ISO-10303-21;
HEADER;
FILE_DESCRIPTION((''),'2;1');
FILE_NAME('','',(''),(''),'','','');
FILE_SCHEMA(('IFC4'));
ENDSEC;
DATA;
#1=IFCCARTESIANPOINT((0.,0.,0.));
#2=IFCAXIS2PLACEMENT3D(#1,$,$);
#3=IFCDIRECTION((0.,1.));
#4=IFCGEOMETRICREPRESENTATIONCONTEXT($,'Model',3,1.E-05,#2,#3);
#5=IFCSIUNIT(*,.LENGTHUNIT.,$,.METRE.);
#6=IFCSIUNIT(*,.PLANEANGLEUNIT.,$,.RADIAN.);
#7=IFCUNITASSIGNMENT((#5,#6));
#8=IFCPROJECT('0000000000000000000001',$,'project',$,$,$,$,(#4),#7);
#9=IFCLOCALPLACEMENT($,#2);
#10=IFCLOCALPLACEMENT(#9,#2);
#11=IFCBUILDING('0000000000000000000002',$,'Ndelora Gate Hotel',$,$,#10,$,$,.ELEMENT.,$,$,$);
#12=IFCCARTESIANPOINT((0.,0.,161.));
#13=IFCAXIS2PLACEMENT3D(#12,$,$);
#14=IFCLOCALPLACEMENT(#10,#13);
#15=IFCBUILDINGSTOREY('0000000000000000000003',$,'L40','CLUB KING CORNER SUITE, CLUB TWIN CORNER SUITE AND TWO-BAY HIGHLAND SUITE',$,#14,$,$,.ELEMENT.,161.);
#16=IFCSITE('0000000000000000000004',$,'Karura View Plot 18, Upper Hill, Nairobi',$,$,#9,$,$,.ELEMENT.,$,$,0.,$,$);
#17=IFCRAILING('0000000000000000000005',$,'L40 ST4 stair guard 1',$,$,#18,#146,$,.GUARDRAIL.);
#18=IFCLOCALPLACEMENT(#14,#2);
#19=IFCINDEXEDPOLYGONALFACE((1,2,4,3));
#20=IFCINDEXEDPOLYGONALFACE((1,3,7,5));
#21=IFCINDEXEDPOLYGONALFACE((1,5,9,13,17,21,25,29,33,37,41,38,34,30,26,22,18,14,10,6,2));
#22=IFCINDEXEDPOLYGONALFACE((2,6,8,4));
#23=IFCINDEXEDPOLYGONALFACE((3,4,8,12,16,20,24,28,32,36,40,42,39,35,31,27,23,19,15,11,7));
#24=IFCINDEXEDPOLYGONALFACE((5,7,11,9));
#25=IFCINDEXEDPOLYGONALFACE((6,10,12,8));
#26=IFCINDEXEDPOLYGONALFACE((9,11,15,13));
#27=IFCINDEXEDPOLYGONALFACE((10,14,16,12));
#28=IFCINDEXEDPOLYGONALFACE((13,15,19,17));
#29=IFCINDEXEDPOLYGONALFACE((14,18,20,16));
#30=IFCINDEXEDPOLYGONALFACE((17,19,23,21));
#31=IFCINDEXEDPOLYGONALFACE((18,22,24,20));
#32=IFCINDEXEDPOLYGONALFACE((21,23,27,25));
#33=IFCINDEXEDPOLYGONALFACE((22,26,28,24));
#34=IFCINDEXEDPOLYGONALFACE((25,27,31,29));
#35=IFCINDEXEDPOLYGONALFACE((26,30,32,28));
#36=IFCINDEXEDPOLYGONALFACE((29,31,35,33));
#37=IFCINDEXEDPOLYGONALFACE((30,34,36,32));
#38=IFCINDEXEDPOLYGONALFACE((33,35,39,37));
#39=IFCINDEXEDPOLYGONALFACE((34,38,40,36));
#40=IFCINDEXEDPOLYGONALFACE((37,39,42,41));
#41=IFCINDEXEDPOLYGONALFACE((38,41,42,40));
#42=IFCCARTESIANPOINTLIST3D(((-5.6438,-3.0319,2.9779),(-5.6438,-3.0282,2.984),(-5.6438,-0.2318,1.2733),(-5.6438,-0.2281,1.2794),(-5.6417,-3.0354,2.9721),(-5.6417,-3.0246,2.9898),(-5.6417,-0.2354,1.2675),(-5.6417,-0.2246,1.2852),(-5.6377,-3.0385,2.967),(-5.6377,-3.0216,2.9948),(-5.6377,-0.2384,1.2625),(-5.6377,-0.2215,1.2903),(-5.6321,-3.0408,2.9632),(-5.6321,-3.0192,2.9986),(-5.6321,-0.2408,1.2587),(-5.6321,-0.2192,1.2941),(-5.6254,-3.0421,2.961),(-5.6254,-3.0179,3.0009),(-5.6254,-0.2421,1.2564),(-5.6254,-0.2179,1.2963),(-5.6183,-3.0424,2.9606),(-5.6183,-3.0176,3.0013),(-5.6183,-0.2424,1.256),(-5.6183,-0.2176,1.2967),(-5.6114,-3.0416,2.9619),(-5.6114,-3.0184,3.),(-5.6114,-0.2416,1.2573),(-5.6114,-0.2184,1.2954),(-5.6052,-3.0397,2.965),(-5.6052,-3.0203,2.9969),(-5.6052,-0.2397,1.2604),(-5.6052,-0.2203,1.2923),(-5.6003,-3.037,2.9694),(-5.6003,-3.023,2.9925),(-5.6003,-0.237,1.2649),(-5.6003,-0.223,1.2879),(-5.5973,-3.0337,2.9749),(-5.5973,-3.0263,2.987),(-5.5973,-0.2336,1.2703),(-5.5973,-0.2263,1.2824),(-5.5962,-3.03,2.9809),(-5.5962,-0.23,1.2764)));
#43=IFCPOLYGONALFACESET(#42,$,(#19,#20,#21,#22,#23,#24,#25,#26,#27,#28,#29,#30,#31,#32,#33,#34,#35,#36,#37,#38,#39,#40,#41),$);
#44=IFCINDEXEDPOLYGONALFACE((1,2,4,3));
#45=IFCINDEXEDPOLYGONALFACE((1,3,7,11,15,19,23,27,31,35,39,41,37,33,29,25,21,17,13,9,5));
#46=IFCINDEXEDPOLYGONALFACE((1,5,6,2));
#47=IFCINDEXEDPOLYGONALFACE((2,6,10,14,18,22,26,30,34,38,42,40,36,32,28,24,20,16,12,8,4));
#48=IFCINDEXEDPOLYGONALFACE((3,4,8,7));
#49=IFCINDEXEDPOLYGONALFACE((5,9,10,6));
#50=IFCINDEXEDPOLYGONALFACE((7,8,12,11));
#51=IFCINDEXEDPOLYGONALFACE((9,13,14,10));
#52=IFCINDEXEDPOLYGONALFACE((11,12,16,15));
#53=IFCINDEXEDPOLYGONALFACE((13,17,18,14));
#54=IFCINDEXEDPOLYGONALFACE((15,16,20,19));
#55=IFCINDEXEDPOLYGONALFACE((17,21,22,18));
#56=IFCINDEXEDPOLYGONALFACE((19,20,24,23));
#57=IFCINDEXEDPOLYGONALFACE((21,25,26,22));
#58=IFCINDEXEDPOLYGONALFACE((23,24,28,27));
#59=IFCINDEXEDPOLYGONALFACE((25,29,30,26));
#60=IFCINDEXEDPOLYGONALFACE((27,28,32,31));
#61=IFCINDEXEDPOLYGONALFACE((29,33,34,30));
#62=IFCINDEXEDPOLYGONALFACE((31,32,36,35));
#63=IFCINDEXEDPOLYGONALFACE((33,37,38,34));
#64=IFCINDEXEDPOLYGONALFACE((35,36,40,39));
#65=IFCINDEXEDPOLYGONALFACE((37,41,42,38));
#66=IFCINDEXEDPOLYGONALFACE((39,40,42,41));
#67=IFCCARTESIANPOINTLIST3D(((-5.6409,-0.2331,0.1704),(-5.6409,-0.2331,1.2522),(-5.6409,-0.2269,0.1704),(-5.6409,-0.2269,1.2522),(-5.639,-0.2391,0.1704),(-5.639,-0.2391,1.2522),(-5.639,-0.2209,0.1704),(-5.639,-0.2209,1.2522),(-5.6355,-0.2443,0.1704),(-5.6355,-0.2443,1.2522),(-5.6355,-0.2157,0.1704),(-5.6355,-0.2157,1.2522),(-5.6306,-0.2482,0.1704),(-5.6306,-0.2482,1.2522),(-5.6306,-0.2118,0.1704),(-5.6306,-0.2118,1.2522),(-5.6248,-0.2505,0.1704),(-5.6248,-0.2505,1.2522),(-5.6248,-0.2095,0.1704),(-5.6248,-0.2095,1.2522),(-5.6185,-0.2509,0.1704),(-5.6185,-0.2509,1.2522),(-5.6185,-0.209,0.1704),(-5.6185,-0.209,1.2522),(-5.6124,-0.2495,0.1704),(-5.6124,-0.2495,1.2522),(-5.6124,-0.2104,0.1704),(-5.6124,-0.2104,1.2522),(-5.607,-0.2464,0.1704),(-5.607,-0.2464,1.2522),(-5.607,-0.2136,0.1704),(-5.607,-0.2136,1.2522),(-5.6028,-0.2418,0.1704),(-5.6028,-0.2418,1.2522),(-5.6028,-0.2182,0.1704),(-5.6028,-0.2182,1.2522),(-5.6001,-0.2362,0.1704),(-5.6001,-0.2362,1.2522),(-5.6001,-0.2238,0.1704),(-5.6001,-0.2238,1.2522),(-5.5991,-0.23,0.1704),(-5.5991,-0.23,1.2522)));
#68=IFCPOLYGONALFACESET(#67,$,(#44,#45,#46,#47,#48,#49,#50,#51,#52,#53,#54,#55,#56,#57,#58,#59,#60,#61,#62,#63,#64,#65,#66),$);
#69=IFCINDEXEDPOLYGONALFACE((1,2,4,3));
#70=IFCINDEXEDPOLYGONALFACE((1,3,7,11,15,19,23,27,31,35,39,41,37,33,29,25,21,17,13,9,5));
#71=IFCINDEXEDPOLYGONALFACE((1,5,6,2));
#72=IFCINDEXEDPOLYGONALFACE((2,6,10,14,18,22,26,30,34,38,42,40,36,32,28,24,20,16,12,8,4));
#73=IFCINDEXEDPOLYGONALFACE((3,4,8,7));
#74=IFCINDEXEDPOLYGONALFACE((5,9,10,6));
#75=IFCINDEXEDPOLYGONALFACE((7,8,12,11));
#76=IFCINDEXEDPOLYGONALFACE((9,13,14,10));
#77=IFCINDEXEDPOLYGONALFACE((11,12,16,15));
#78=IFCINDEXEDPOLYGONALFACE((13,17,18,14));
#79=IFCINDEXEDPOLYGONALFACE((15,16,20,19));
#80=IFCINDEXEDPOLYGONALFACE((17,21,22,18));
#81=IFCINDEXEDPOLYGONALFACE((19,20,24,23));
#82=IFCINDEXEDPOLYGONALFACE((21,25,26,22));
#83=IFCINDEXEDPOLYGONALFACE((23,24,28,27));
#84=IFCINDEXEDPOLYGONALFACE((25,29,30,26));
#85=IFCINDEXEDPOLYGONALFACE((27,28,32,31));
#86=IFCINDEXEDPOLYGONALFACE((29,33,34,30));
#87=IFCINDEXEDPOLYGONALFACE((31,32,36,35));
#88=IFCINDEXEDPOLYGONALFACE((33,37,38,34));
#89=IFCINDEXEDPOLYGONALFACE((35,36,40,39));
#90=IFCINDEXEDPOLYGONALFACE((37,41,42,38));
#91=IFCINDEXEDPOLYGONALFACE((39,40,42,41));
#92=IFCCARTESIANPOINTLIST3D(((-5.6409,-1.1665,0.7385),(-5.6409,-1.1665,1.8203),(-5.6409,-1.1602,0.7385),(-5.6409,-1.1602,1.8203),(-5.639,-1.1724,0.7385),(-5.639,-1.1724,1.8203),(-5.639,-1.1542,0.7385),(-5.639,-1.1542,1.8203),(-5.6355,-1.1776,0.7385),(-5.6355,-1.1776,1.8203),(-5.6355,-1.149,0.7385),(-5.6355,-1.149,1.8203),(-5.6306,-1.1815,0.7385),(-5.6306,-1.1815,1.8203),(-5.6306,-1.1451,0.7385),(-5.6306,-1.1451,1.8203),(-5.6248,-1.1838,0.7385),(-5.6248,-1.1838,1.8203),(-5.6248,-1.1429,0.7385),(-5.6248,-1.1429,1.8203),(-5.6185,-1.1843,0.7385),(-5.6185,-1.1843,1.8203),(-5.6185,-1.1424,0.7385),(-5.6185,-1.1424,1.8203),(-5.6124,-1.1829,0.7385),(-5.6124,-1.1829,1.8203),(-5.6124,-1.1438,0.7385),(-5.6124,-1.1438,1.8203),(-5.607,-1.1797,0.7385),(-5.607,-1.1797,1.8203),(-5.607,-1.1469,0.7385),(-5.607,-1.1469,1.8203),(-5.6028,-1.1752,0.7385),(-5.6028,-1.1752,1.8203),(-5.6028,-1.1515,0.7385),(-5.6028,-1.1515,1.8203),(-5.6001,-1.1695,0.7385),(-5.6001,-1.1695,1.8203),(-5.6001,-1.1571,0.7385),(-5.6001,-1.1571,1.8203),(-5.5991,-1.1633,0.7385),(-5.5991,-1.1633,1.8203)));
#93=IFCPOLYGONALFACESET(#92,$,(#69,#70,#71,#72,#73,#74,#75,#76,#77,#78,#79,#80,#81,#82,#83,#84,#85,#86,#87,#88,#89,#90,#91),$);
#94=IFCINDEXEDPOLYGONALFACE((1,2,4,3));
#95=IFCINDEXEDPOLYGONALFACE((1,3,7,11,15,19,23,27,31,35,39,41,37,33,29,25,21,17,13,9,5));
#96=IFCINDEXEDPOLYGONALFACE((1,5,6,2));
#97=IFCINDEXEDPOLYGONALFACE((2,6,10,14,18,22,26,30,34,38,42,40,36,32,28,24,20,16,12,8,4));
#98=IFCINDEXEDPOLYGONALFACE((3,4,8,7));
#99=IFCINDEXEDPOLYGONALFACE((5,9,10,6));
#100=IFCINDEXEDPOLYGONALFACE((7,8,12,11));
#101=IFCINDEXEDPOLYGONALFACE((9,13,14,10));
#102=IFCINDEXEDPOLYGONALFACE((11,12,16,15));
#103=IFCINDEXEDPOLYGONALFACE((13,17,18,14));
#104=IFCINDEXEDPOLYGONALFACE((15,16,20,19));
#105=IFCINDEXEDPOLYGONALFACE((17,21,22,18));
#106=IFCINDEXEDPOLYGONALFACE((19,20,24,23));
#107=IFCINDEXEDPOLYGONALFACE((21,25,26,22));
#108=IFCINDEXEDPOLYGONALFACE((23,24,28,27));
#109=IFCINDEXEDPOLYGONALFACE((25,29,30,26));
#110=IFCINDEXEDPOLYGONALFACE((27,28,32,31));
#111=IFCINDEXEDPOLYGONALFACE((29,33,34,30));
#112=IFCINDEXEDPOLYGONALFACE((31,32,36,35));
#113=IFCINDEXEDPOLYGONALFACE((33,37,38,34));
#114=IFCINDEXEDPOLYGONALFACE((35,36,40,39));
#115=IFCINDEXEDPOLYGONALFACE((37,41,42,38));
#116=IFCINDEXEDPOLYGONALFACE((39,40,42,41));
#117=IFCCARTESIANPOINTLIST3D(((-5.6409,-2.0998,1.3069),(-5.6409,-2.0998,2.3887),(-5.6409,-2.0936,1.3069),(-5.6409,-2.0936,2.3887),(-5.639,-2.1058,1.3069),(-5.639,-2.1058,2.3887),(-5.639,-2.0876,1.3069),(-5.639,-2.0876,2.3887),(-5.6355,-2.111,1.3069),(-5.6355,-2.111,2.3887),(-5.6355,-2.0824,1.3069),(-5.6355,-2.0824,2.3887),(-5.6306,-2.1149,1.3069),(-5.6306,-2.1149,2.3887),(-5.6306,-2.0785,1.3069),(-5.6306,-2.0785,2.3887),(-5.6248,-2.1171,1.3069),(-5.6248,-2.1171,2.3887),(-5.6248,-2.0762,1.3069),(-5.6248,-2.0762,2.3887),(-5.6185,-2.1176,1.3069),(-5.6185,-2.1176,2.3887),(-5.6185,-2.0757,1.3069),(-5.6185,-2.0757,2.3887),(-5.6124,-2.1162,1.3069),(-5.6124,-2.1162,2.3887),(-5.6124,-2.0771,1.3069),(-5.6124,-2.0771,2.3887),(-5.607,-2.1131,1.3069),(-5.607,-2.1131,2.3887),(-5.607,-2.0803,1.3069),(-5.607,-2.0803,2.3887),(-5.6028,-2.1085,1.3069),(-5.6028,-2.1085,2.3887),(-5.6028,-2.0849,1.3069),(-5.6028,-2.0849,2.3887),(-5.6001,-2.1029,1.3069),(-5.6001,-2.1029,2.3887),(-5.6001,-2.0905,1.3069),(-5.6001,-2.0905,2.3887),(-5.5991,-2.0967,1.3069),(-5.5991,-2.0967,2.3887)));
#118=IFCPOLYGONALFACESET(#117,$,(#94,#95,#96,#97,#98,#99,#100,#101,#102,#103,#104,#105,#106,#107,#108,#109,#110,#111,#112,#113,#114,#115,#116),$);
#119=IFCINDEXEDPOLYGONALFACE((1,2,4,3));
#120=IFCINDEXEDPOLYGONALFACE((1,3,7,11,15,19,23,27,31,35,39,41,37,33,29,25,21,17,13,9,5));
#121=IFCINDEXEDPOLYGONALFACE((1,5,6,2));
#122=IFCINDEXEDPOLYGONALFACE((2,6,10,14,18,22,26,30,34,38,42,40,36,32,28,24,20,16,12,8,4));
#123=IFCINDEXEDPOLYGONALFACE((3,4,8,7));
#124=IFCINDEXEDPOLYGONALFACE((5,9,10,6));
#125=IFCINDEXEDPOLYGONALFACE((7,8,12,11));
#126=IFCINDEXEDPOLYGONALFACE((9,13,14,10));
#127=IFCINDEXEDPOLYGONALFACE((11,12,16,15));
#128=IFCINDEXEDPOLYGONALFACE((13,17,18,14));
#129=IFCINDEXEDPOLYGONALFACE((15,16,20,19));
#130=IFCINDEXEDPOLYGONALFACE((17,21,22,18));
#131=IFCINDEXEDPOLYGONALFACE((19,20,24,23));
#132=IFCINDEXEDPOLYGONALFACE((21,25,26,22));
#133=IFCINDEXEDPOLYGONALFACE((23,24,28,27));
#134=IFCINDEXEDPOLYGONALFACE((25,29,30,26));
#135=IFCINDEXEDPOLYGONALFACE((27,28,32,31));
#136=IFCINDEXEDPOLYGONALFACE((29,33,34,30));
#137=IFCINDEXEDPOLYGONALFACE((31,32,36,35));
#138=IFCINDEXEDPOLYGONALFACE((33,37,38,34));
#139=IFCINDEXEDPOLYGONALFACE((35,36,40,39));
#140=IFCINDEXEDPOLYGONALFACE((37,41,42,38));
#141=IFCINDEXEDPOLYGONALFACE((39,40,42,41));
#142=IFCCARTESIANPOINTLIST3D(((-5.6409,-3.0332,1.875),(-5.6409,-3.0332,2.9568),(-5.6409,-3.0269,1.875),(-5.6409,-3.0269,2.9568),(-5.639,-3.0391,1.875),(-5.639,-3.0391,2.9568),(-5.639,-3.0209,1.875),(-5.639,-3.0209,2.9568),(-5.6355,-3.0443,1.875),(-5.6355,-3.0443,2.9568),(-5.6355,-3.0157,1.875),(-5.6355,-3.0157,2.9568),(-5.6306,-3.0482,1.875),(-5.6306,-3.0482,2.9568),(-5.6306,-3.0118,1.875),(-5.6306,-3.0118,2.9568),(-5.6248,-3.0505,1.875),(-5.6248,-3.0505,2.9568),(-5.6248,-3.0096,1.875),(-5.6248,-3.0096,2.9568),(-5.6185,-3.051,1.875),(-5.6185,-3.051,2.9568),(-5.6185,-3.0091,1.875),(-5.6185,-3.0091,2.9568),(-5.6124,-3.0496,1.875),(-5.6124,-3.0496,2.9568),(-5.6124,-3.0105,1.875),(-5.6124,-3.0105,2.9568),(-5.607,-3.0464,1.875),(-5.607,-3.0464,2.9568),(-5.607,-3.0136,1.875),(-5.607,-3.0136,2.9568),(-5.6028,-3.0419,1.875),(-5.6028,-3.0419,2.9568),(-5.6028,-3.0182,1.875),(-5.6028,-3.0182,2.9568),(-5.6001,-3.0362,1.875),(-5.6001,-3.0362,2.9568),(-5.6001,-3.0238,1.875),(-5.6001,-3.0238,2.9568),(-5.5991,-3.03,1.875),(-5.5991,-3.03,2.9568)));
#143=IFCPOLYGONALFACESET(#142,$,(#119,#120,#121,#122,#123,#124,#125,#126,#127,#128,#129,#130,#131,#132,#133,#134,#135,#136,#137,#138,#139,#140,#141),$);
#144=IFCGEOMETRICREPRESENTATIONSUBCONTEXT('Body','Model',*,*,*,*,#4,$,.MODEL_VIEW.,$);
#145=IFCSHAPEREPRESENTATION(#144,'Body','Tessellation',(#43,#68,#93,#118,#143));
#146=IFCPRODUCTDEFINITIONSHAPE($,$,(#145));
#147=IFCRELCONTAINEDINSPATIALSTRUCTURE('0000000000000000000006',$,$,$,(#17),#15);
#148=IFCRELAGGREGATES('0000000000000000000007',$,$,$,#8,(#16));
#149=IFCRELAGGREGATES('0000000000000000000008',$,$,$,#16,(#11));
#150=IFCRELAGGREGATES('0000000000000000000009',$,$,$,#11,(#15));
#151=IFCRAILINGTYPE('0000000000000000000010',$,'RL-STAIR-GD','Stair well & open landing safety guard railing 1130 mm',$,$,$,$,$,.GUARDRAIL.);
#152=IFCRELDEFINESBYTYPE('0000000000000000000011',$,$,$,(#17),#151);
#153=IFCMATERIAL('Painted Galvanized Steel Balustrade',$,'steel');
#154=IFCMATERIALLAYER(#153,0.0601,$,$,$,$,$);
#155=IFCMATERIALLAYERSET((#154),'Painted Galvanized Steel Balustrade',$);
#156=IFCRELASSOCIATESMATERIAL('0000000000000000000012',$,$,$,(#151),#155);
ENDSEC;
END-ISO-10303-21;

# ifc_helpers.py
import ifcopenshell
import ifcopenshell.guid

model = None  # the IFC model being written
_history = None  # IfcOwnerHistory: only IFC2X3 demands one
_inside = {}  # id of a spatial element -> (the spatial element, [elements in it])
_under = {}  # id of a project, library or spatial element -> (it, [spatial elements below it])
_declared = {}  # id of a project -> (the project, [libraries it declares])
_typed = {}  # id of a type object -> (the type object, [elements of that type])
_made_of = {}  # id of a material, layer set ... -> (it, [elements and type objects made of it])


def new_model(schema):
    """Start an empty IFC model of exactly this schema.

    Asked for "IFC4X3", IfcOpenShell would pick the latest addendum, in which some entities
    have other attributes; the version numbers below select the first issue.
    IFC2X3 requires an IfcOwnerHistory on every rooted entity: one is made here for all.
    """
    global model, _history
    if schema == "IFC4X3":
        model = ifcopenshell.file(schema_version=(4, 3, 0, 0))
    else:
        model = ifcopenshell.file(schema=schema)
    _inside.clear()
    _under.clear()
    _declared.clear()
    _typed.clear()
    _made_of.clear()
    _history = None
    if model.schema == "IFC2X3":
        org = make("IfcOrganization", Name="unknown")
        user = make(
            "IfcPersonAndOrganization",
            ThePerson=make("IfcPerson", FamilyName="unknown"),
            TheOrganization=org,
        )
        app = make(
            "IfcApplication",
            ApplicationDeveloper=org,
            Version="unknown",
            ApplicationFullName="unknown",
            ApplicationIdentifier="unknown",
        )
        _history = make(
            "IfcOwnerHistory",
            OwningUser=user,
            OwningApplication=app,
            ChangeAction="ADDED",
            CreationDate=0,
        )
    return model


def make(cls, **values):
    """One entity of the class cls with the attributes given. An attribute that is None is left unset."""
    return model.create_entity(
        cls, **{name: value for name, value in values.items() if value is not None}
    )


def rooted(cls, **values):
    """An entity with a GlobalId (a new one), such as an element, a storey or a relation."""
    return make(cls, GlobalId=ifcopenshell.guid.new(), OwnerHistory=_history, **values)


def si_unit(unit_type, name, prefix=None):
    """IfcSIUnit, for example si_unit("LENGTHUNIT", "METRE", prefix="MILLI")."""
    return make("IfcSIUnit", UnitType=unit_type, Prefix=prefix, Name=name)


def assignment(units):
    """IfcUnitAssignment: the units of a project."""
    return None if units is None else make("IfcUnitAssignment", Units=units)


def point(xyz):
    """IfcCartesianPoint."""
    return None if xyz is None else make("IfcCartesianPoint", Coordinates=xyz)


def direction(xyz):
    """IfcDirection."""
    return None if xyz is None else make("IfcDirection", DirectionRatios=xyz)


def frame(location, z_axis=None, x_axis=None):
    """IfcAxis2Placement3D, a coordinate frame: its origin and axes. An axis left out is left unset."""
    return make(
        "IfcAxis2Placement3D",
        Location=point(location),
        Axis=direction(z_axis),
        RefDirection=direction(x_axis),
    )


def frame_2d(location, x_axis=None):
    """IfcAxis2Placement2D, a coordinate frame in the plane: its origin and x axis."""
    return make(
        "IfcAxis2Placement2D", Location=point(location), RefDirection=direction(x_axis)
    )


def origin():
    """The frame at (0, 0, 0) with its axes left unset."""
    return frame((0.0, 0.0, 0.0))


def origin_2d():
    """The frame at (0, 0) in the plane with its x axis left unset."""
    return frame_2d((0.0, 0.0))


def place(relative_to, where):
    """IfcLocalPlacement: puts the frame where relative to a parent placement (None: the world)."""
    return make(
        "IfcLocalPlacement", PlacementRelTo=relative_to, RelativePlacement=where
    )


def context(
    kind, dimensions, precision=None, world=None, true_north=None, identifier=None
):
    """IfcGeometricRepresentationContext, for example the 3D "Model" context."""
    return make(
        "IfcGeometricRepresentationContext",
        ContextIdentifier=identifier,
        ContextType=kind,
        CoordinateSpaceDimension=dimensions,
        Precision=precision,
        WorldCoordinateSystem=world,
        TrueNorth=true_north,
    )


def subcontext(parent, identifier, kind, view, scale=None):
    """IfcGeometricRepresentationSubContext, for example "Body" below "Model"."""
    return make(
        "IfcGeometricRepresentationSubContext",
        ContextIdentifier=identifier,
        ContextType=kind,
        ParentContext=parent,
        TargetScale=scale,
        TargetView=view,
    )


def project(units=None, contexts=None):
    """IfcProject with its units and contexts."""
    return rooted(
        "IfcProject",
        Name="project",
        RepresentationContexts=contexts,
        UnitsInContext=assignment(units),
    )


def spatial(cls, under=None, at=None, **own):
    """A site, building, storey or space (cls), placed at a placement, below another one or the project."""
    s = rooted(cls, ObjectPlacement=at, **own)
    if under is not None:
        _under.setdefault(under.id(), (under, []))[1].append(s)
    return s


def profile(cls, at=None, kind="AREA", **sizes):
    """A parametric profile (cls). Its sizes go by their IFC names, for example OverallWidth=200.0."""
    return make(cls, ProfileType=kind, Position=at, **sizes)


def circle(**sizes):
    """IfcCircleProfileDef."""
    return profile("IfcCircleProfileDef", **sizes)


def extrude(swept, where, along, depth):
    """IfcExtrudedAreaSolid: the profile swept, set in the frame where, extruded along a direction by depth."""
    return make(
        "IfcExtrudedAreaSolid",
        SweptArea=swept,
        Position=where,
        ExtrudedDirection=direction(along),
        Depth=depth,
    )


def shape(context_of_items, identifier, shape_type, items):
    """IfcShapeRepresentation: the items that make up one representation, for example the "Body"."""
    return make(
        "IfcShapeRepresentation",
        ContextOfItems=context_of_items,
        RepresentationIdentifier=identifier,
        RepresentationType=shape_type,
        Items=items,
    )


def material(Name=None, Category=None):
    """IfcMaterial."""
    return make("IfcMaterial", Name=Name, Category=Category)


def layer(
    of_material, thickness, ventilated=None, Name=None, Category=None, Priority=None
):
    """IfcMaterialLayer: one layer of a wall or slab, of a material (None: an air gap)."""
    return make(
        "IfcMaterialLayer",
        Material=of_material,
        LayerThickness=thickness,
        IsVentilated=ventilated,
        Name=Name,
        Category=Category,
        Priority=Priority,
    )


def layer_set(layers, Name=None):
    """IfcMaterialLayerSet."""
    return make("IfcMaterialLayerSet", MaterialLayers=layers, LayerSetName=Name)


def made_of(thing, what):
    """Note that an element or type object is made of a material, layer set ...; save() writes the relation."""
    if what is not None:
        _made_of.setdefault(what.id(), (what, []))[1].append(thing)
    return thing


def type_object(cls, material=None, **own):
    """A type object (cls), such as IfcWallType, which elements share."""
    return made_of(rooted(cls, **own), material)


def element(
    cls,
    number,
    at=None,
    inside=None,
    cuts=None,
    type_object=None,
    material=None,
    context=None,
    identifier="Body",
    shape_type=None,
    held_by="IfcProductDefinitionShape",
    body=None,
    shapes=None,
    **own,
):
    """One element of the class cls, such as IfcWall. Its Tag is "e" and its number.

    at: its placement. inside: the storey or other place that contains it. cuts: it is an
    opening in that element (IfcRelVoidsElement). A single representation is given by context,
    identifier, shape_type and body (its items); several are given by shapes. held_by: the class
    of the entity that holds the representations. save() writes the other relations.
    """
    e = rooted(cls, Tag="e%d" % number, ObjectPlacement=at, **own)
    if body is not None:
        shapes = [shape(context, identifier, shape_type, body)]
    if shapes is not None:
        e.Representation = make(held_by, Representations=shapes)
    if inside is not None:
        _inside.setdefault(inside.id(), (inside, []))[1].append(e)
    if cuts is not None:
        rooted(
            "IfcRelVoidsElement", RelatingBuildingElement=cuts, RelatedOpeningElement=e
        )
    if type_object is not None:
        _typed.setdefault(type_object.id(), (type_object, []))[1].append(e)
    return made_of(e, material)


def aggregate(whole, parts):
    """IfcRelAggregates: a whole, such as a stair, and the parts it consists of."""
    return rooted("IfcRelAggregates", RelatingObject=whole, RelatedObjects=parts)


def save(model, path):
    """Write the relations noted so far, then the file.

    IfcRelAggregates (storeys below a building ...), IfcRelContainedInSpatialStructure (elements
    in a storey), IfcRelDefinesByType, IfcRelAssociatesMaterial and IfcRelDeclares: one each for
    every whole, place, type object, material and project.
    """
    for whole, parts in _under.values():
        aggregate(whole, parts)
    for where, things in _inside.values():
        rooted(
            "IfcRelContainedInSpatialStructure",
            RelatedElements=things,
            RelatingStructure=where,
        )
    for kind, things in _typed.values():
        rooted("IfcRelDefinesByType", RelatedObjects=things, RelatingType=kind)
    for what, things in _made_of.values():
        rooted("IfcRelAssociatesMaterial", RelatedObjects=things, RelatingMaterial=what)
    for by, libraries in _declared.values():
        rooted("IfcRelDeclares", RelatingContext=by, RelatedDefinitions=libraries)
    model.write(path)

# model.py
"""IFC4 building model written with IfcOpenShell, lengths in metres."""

from ifc_helpers import new_model, si_unit, direction, frame, origin, origin_2d, place, context, subcontext, project, spatial, circle, extrude, material, layer, layer_set, type_object, element, save


model = new_model("IFC4")

# Units and contexts
model_context = context("Model", 3, precision=1e-05, world=origin(), true_north=direction((0.0, 1.0)))
body_context = subcontext(model_context, "Body", "Model", "MODEL_VIEW")
ifc_project = project(units=[si_unit("LENGTHUNIT", "METRE"), si_unit("PLANEANGLEUNIT", "RADIAN")], contexts=[model_context])

# Site, building, storey
site_placement = place(None, origin())
site = spatial("IfcSite", under=ifc_project, at=site_placement, Name="Karura View Plot 18, Upper Hill, Nairobi", CompositionType="ELEMENT", RefElevation=0.0)
building_placement = place(site_placement, origin())
building = spatial("IfcBuilding", under=site, at=building_placement, Name="Ndelora Gate Hotel", CompositionType="ELEMENT")
storey_placement = place(building_placement, frame((0.0, 0.0, 161.0)))
storey = spatial("IfcBuildingStorey", under=building, at=storey_placement, Name="L40", Description="CLUB KING CORNER SUITE, CLUB TWIN CORNER SUITE AND TWO-BAY HIGHLAND SUITE", CompositionType="ELEMENT", Elevation=161.0)

# Railing
ifc_material_1 = material(Name="Painted Galvanized Steel Balustrade", Category="steel")
ifc_layer_1 = layer(ifc_material_1, 0.0601)
ifc_layer_set_1 = layer_set([ifc_layer_1], Name="Painted Galvanized Steel Balustrade")
railing_type_1 = type_object("IfcRailingType", Name="RL-STAIR-GD", Description="Stair well & open landing safety guard railing 1130 mm", PredefinedType="GUARDRAIL", material=ifc_layer_set_1)
railing_1_placement = place(storey_placement, frame((-5.6201, -0.23, 0.1704)))
element("IfcRailing", 1, at=railing_1_placement, inside=storey, type_object=railing_type_1, Name="L40 ST4 stair guard 1", PredefinedType="GUARDRAIL", context=body_context, shape_type="SweptSolid", body=[
    extrude(circle(Radius=0.0239, at=origin_2d()), frame((0.0, 0.0, 1.106), z_axis=(0.0, -0.85417, 0.519994), x_axis=(1.0, 0.0, 0.0)), (0.0, 0.0, 1.0), 3.2781),
    extrude(circle(Radius=0.021, at=origin_2d()), origin(), (0.0, 0.0, 1.0), 1.0818),
    extrude(circle(Radius=0.021, at=origin_2d()), frame((0.0, -0.9333, 0.5681)), (0.0, 0.0, 1.0), 1.0818),
    extrude(circle(Radius=0.021, at=origin_2d()), frame((0.0, -1.8667, 1.1365)), (0.0, 0.0, 1.0), 1.0818),
    extrude(circle(Radius=0.021, at=origin_2d()), frame((0.0, -2.8, 1.7046)), (0.0, 0.0, 1.0), 1.0818),
])

save(model, "model.ifc")
